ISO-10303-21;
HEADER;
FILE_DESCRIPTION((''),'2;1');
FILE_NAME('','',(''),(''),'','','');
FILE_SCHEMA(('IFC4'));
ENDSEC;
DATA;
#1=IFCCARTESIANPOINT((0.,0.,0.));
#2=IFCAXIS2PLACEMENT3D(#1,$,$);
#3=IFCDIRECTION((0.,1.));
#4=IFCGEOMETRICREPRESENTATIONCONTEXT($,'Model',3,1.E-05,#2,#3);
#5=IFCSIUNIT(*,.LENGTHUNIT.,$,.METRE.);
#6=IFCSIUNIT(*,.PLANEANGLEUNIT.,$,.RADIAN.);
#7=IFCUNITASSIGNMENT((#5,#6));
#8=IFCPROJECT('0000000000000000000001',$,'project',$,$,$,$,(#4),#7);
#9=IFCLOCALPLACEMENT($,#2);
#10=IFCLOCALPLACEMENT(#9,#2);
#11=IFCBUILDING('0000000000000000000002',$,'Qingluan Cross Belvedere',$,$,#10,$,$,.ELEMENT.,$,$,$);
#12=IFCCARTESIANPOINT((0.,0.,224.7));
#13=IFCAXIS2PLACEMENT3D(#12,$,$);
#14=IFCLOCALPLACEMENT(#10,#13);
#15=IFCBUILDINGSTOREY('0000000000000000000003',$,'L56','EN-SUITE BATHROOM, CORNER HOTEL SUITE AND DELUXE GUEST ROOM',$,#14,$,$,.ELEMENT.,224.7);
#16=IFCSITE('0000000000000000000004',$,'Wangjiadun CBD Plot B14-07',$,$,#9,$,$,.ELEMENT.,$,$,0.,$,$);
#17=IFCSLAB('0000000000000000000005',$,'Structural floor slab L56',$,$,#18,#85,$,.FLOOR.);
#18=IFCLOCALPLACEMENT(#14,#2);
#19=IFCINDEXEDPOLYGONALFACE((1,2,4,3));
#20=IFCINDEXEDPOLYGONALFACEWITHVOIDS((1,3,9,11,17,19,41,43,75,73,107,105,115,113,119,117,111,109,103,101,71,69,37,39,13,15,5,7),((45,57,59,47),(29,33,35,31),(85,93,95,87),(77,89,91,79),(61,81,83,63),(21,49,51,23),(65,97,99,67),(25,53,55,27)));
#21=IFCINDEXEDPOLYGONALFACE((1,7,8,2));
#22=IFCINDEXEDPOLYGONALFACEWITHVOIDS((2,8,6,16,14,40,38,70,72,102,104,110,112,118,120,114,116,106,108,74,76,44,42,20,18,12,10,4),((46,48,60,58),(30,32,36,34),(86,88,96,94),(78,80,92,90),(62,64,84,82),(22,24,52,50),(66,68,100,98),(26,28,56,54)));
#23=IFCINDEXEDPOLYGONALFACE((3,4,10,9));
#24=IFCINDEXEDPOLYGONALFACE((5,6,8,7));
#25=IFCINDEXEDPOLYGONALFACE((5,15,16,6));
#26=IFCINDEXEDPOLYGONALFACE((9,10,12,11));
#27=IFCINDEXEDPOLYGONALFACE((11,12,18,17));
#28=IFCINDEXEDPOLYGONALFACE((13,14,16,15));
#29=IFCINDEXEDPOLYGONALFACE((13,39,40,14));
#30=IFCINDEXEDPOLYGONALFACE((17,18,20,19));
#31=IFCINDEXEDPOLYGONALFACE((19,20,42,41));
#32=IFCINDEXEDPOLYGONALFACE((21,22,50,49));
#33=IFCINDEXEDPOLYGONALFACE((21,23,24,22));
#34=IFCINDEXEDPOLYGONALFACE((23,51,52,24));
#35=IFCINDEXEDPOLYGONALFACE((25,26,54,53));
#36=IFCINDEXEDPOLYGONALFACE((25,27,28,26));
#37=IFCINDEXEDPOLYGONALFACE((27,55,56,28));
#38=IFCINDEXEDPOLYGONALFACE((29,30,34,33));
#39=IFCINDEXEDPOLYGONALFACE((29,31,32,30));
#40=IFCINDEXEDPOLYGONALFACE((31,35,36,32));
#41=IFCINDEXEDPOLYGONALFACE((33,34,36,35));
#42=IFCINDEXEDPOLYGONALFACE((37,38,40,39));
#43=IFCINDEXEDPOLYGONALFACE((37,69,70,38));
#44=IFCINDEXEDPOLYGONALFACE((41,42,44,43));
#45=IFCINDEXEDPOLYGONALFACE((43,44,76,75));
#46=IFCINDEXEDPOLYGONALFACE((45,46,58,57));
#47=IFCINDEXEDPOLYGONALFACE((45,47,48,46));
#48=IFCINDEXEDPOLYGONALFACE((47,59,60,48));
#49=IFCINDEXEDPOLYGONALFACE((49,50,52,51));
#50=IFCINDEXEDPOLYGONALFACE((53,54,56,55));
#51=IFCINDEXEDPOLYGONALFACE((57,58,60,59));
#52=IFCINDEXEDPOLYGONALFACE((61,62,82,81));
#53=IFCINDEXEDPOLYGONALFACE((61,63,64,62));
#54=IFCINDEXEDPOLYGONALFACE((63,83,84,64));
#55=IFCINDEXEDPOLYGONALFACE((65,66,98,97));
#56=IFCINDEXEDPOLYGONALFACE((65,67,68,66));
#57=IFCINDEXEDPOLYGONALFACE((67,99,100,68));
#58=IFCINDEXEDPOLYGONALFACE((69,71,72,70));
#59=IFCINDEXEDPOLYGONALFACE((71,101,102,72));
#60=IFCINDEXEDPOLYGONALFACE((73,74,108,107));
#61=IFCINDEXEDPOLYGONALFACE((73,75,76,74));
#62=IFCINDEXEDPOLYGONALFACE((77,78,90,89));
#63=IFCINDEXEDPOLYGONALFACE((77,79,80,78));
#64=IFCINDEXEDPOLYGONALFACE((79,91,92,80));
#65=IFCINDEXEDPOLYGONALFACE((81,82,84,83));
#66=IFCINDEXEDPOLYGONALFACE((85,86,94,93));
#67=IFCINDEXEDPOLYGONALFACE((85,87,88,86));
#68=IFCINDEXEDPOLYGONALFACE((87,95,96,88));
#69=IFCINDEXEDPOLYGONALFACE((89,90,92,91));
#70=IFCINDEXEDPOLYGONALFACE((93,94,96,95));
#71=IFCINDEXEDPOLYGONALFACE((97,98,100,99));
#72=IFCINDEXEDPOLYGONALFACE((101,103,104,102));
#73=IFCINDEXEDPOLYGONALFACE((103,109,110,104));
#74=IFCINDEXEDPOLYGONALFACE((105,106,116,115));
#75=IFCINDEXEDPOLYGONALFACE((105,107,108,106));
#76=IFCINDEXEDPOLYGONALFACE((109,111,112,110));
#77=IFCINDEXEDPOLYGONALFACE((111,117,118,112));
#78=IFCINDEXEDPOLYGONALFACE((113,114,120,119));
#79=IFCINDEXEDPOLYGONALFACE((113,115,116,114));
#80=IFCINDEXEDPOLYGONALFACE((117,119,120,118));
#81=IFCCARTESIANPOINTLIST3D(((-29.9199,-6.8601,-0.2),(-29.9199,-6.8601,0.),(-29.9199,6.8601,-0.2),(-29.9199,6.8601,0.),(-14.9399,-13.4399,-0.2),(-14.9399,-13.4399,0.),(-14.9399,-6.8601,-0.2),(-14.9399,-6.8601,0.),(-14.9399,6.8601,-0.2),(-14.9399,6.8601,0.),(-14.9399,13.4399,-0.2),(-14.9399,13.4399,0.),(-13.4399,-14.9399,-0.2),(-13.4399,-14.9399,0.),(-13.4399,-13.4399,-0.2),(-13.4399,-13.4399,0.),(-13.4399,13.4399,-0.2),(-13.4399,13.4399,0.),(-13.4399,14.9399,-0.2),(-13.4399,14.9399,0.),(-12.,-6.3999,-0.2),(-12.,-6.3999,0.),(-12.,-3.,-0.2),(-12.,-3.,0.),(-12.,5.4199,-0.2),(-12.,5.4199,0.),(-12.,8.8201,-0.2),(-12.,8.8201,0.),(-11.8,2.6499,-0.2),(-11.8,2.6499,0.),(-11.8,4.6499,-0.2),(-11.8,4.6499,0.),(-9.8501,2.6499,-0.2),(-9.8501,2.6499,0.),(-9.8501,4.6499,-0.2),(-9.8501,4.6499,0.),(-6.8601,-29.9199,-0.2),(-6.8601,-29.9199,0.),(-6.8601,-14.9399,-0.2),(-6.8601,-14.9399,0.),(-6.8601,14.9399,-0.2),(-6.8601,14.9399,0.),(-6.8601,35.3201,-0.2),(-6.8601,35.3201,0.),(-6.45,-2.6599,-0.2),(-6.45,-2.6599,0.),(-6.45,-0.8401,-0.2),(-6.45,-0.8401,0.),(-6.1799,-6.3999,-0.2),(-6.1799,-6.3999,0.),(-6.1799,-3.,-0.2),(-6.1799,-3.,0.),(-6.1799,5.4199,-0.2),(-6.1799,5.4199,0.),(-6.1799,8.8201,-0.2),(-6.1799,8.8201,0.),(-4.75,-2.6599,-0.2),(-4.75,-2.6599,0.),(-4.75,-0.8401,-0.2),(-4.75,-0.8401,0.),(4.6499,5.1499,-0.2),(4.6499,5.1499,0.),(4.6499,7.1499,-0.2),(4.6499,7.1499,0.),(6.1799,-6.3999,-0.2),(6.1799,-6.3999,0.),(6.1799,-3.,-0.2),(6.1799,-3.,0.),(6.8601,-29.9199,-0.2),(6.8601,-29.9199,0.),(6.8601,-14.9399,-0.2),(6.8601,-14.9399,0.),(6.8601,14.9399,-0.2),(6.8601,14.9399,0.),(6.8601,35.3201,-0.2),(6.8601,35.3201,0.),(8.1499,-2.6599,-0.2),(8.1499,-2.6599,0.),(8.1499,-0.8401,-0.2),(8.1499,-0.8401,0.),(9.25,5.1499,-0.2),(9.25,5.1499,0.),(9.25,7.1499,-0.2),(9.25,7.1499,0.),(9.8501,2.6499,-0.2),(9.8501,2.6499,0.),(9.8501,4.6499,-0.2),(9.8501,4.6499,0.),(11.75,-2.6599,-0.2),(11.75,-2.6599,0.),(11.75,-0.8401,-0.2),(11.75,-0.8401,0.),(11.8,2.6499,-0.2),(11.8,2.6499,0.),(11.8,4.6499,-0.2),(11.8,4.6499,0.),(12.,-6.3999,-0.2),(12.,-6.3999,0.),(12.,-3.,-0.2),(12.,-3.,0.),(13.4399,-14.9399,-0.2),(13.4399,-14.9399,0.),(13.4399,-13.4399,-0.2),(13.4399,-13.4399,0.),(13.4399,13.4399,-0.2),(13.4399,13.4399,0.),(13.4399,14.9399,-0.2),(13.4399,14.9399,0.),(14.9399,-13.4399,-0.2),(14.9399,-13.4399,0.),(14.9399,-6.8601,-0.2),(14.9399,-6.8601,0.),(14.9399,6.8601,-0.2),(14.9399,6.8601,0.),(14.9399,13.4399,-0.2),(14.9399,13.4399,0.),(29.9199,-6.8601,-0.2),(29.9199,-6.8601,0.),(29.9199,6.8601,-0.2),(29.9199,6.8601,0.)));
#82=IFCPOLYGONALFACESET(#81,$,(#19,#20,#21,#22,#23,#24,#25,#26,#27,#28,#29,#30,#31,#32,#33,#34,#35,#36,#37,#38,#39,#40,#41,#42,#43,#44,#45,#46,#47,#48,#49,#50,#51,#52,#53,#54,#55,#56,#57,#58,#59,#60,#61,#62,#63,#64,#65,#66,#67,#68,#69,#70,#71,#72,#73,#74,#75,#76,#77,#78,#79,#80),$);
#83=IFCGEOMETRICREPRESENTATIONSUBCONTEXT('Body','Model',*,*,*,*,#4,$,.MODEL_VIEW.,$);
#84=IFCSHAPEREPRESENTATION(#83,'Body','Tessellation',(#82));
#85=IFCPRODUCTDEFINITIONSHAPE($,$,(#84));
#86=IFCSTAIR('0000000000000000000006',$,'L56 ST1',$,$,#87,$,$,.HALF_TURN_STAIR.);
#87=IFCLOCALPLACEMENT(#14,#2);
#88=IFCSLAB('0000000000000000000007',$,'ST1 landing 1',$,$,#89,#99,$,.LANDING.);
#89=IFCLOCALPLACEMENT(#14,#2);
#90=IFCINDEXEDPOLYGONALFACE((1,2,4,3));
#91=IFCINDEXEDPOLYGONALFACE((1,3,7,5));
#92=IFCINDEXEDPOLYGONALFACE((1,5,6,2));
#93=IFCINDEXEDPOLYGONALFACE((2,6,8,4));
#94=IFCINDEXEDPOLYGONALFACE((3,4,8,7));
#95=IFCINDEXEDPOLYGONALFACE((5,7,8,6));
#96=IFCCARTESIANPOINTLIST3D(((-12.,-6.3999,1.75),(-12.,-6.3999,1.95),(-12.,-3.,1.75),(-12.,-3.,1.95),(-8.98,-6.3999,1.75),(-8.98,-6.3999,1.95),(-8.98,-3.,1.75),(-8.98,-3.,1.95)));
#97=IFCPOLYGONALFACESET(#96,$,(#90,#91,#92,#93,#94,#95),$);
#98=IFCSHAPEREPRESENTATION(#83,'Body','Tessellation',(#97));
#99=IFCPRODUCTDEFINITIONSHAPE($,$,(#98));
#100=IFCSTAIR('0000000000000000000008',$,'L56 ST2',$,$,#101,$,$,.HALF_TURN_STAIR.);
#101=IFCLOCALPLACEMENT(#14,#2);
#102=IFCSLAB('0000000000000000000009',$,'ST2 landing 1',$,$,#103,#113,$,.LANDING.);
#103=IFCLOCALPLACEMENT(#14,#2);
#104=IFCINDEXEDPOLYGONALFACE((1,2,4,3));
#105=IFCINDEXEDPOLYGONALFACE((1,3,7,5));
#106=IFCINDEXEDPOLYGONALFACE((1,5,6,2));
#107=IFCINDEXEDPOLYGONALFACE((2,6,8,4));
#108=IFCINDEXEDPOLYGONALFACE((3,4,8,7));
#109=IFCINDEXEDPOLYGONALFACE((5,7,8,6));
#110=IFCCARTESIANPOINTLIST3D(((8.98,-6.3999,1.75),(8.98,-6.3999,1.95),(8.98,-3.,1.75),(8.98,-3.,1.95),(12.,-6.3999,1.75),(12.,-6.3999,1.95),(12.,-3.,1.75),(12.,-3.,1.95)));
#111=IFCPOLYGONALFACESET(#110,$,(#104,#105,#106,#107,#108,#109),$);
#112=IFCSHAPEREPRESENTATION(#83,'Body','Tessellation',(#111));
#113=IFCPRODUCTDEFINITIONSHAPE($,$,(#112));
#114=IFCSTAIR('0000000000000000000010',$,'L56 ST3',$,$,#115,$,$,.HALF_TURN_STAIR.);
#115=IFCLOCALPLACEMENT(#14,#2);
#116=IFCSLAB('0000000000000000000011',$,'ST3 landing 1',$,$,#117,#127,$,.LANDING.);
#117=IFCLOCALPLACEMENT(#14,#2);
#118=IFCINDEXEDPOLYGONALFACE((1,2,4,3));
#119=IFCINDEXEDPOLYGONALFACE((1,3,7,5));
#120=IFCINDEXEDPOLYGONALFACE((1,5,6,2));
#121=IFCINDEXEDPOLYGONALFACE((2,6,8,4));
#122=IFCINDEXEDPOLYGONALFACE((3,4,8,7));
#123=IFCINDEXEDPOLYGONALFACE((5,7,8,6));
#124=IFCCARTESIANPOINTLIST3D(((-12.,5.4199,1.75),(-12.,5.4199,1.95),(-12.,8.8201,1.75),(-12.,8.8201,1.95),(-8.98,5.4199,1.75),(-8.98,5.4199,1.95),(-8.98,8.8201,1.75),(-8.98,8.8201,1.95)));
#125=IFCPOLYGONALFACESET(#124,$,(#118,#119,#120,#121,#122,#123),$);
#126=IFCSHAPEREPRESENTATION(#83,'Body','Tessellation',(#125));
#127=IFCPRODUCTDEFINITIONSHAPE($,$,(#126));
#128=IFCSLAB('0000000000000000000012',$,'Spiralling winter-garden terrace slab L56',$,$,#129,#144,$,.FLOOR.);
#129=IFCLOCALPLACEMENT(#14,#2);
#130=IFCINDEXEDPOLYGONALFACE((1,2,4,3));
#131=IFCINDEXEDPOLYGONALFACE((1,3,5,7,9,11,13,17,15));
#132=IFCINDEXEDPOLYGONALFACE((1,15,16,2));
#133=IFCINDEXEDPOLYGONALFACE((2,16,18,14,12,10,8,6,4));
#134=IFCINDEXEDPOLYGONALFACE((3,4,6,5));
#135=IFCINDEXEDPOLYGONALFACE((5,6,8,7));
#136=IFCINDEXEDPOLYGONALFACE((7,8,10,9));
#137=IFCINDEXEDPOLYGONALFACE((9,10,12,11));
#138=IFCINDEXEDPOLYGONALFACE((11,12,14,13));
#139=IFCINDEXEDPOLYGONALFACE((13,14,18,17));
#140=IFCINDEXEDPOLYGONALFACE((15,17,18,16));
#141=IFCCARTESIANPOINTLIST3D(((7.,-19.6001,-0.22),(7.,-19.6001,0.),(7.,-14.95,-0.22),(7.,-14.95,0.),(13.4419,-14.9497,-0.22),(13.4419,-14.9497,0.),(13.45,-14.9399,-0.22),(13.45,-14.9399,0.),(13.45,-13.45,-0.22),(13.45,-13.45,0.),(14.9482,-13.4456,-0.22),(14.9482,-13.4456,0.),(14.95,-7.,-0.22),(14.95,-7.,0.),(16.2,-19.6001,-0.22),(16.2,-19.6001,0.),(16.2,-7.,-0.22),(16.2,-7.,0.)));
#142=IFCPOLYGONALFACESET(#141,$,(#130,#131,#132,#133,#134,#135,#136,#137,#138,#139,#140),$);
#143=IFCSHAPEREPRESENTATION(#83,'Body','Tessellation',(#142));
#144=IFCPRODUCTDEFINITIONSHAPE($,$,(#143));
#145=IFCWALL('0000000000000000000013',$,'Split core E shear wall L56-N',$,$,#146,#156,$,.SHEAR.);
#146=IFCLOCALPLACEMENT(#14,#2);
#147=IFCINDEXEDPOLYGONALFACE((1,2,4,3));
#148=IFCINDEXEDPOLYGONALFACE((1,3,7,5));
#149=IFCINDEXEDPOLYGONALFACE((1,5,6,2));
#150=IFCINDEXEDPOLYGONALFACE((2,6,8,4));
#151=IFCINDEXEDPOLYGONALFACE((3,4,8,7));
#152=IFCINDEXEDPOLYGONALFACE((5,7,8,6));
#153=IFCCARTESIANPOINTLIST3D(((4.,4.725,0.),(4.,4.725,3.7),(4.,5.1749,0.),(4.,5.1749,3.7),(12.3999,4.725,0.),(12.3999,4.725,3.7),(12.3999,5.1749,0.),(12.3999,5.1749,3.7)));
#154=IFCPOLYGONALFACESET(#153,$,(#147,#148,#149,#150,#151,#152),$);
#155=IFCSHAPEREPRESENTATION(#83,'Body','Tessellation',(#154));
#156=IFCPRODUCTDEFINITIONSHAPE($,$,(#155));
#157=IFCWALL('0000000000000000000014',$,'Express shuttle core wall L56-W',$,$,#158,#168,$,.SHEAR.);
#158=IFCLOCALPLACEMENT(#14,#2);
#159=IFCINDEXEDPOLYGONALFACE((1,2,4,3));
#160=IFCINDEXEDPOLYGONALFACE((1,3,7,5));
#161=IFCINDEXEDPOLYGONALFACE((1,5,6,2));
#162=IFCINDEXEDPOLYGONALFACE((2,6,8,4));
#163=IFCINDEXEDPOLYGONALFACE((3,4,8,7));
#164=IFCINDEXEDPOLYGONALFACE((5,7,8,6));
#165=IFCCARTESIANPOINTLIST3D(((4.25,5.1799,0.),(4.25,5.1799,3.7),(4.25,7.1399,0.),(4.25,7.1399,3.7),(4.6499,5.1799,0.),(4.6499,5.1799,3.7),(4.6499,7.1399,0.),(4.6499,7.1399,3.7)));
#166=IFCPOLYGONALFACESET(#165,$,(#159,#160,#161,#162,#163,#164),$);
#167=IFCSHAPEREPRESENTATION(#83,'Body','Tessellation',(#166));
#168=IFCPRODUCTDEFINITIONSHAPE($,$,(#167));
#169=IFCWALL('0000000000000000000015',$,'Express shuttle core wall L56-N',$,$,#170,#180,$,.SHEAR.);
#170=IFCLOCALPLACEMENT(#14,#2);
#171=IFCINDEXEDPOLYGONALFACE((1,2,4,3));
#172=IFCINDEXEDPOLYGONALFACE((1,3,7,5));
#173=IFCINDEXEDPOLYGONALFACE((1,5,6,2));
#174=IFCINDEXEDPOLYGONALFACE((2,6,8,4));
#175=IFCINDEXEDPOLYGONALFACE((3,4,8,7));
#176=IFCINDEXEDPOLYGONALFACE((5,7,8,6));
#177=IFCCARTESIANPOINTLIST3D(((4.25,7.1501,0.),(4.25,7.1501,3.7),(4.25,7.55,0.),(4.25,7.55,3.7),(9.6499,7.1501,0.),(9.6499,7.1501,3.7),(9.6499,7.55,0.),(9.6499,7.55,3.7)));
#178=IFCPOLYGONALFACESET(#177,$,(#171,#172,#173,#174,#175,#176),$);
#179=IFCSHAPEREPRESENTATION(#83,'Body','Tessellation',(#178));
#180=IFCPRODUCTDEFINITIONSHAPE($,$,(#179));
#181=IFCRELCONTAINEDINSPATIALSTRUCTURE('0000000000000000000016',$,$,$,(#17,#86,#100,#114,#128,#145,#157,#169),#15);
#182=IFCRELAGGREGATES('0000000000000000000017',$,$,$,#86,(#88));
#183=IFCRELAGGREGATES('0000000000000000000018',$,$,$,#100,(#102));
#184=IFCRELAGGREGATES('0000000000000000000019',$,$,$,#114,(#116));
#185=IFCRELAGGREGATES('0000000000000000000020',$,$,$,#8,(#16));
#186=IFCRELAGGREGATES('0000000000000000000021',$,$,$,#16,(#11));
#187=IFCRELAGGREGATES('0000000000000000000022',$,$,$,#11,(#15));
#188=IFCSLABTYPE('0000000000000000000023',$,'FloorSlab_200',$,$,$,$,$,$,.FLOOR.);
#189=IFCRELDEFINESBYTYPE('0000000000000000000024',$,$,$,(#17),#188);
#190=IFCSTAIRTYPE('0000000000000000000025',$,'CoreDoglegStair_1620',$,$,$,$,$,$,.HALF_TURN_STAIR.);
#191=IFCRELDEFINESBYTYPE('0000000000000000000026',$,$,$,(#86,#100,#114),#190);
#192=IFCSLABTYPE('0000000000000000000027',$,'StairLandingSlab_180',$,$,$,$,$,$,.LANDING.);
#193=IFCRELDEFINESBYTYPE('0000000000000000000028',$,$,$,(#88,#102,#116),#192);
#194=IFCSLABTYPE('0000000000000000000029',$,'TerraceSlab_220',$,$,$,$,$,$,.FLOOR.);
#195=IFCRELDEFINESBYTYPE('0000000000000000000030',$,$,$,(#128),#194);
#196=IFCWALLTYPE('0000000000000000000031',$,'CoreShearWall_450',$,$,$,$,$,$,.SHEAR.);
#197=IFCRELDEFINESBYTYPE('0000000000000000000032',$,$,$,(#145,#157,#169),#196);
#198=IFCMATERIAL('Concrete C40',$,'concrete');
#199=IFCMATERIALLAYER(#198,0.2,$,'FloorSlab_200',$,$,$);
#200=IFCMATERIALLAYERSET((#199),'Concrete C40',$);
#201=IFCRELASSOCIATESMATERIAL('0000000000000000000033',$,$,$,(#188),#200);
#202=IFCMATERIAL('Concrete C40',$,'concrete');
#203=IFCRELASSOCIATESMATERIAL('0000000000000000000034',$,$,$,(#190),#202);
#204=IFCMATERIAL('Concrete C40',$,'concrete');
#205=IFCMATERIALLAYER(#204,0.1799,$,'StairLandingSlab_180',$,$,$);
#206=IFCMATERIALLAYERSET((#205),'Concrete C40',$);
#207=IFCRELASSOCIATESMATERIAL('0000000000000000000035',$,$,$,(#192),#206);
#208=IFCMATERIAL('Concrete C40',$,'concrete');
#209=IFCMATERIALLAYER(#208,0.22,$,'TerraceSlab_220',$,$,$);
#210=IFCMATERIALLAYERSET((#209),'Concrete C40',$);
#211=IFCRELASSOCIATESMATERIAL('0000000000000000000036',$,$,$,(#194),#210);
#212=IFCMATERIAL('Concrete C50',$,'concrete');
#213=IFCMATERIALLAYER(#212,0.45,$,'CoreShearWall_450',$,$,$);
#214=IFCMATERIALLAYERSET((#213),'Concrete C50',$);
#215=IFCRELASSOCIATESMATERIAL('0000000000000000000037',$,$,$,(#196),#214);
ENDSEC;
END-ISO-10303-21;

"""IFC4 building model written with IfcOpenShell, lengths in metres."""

from ifc_helpers import new_model, si_unit, direction, frame, frame_2d, origin, place, context, subcontext, project, spatial, polyline, rectangle, outline, extrude, material, layer, layer_set, type_object, element, aggregate, save


model = new_model("IFC4")

# Units and contexts
model_context = context("Model", 3, precision=1e-05, world=origin(), true_north=direction((0.0, 1.0)))
body_context = subcontext(model_context, "Body", "Model", "MODEL_VIEW")
ifc_project = project(units=[si_unit("LENGTHUNIT", "METRE"), si_unit("PLANEANGLEUNIT", "RADIAN")], contexts=[model_context])

# Site, building, storey
site_placement = place(None, origin())
site = spatial("IfcSite", under=ifc_project, at=site_placement, Name="Wangjiadun CBD Plot B14-07", CompositionType="ELEMENT", RefElevation=0.0)
building_placement = place(site_placement, origin())
building = spatial("IfcBuilding", under=site, at=building_placement, Name="Qingluan Cross Belvedere", CompositionType="ELEMENT")
storey_placement = place(building_placement, frame((0.0, 0.0, 224.7)))
storey = spatial("IfcBuildingStorey", under=building, at=storey_placement, Name="L56", Description="EN-SUITE BATHROOM, CORNER HOTEL SUITE AND DELUXE GUEST ROOM", CompositionType="ELEMENT", Elevation=224.7)

# Slab
ifc_material_1 = material(Name="Concrete C40", Category="concrete")
ifc_layer_1 = layer(ifc_material_1, 0.2, Name="FloorSlab_200")
ifc_layer_set_1 = layer_set([ifc_layer_1], Name="Concrete C40")
slab_type_1 = type_object("IfcSlabType", Name="FloorSlab_200", PredefinedType="FLOOR", material=ifc_layer_set_1)
slab_1_placement = place(storey_placement, frame((0.0, 0.0, -0.2)))
element("IfcSlab", 1, at=slab_1_placement, inside=storey, type_object=slab_type_1, Name="Structural floor slab L56", PredefinedType="FLOOR", context=body_context, shape_type="SweptSolid", body=[
    extrude(outline(polyline([(6.8601, -29.9199), (6.8601, -14.9399), (13.4399, -14.9399), (13.4399, -13.4399), (14.9399, -13.4399), (14.9399, -6.8601), (29.9199, -6.8601), (29.9199, 6.8601), (14.9399, 6.8601), (14.9399, 13.4399), (13.4399, 13.4399), (13.4399, 14.9399), (6.8601, 14.9399), (6.8601, 35.3201), (-6.8601, 35.3201), (-6.8601, 14.9399), (-13.4399, 14.9399), (-13.4399, 13.4399), (-14.9399, 13.4399), (-14.9399, 6.8601), (-29.9199, 6.8601), (-29.9199, -6.8601), (-14.9399, -6.8601), (-14.9399, -13.4399), (-13.4399, -13.4399), (-13.4399, -14.9399), (-6.8601, -14.9399), (-6.8601, -29.9199), (6.8601, -29.9199)]), holes=[polyline([(-12.0, -3.0), (-6.1799, -3.0), (-6.1799, -6.3999), (-12.0, -6.3999), (-12.0, -3.0)]), polyline([(6.1799, -3.0), (12.0, -3.0), (12.0, -6.3999), (6.1799, -6.3999), (6.1799, -3.0)]), polyline([(-12.0, 8.8201), (-6.1799, 8.8201), (-6.1799, 5.4199), (-12.0, 5.4199), (-12.0, 8.8201)]), polyline([(-11.8, 4.6499), (-9.8501, 4.6499), (-9.8501, 2.6499), (-11.8, 2.6499), (-11.8, 4.6499)]), polyline([(9.8501, 4.6499), (11.8, 4.6499), (11.8, 2.6499), (9.8501, 2.6499), (9.8501, 4.6499)]), polyline([(-6.45, -0.8401), (-4.75, -0.8401), (-4.75, -2.6599), (-6.45, -2.6599), (-6.45, -0.8401)]), polyline([(8.1499, -0.8401), (11.75, -0.8401), (11.75, -2.6599), (8.1499, -2.6599), (8.1499, -0.8401)]), polyline([(4.6499, 7.1499), (9.25, 7.1499), (9.25, 5.1499), (4.6499, 5.1499), (4.6499, 7.1499)])]), origin(), (0.0, 0.0, 1.0), 0.2),
])

# Stairs, slabs
ifc_material_2 = material(Name="Concrete C40", Category="concrete")
stair_type = type_object("IfcStairType", Name="CoreDoglegStair_1620", PredefinedType="HALF_TURN_STAIR", material=ifc_material_2)
stair_1_placement = place(storey_placement, origin())
stair_1 = element("IfcStair", 2, at=stair_1_placement, inside=storey, type_object=stair_type, Name="L56 ST1", PredefinedType="HALF_TURN_STAIR")
ifc_material_3 = material(Name="Concrete C40", Category="concrete")
ifc_layer_2 = layer(ifc_material_3, 0.1799, Name="StairLandingSlab_180")
ifc_layer_set_2 = layer_set([ifc_layer_2], Name="Concrete C40")
slab_type_2 = type_object("IfcSlabType", Name="StairLandingSlab_180", PredefinedType="LANDING", material=ifc_layer_set_2)
slab_2_placement = place(storey_placement, frame((0.0, 0.0, 1.75)))
slab_2 = element("IfcSlab", 3, at=slab_2_placement, type_object=slab_type_2, Name="ST1 landing 1", PredefinedType="LANDING", context=body_context, shape_type="SweptSolid", body=[
    extrude(outline(polyline([(-8.98, -3.0), (-12.0, -3.0), (-12.0, -6.3999), (-8.98, -6.3999), (-8.98, -3.0)])), origin(), (0.0, 0.0, 1.0), 0.2),
])
aggregate(stair_1, [slab_2])
stair_2_placement = place(storey_placement, origin())
stair_2 = element("IfcStair", 4, at=stair_2_placement, inside=storey, type_object=stair_type, Name="L56 ST2", PredefinedType="HALF_TURN_STAIR")
slab_3_placement = place(storey_placement, frame((0.0, 0.0, 1.75)))
slab_3 = element("IfcSlab", 5, at=slab_3_placement, type_object=slab_type_2, Name="ST2 landing 1", PredefinedType="LANDING", context=body_context, shape_type="SweptSolid", body=[
    extrude(outline(polyline([(8.98, -6.3999), (12.0, -6.3999), (12.0, -3.0), (8.98, -3.0), (8.98, -6.3999)])), origin(), (0.0, 0.0, 1.0), 0.2),
])
aggregate(stair_2, [slab_3])
stair_3_placement = place(storey_placement, origin())
stair_3 = element("IfcStair", 6, at=stair_3_placement, inside=storey, type_object=stair_type, Name="L56 ST3", PredefinedType="HALF_TURN_STAIR")
slab_4_placement = place(storey_placement, frame((0.0, 0.0, 1.75)))
slab_4 = element("IfcSlab", 7, at=slab_4_placement, type_object=slab_type_2, Name="ST3 landing 1", PredefinedType="LANDING", context=body_context, shape_type="SweptSolid", body=[
    extrude(outline(polyline([(-8.98, 8.8201), (-12.0, 8.8201), (-12.0, 5.4199), (-8.98, 5.4199), (-8.98, 8.8201)])), origin(), (0.0, 0.0, 1.0), 0.2),
])
aggregate(stair_3, [slab_4])

# Slab
ifc_material_4 = material(Name="Concrete C40", Category="concrete")
ifc_layer_3 = layer(ifc_material_4, 0.22, Name="TerraceSlab_220")
ifc_layer_set_3 = layer_set([ifc_layer_3], Name="Concrete C40")
slab_type_3 = type_object("IfcSlabType", Name="TerraceSlab_220", PredefinedType="FLOOR", material=ifc_layer_set_3)
slab_5_placement = place(storey_placement, frame((0.0, 0.0, -0.22)))
element("IfcSlab", 8, at=slab_5_placement, inside=storey, type_object=slab_type_3, Name="Spiralling winter-garden terrace slab L56", PredefinedType="FLOOR", context=body_context, shape_type="SweptSolid", body=[
    extrude(outline(polyline([(14.95, -7.0), (14.9482, -13.4456), (13.45, -13.45), (13.45, -14.9399), (13.4419, -14.9497), (7.0, -14.95), (7.0, -19.6001), (16.2, -19.6001), (16.2, -7.0), (14.95, -7.0)])), origin(), (0.0, 0.0, 1.0), 0.22),
])

# Walls
ifc_material_5 = material(Name="Concrete C50", Category="concrete")
ifc_layer_4 = layer(ifc_material_5, 0.45, Name="CoreShearWall_450")
ifc_layer_set_4 = layer_set([ifc_layer_4], Name="Concrete C50")
wall_type_1 = type_object("IfcWallType", Name="CoreShearWall_450", PredefinedType="SHEAR", material=ifc_layer_set_4)
wall_1_placement = place(storey_placement, frame((4.0, 4.95, 0.0), z_axis=(0.0, 0.0, 1.0), x_axis=(1.0, 0.0, 0.0)))
element("IfcWall", 9, at=wall_1_placement, inside=storey, type_object=wall_type_1, Name="Split core E shear wall L56-N", PredefinedType="SHEAR", context=body_context, shape_type="SweptSolid", body=[
    extrude(rectangle(XDim=8.3999, YDim=0.45, at=frame_2d((4.2, 0.0))), origin(), (0.0, 0.0, 1.0), 3.7),
])
wall_2_placement = place(storey_placement, frame((4.45, 5.1799, 0.0), z_axis=(0.0, 0.0, 1.0), x_axis=(0.0, 1.0, 0.0)))
element("IfcWall", 10, at=wall_2_placement, inside=storey, type_object=wall_type_1, Name="Express shuttle core wall L56-W", PredefinedType="SHEAR", context=body_context, shape_type="SweptSolid", body=[
    extrude(rectangle(XDim=1.96, YDim=0.3999, at=frame_2d((0.98, 0.0))), origin(), (0.0, 0.0, 1.0), 3.7),
])
wall_3_placement = place(storey_placement, frame((4.25, 7.3501, 0.0), z_axis=(0.0, 0.0, 1.0), x_axis=(1.0, 0.0, 0.0)))
element("IfcWall", 11, at=wall_3_placement, inside=storey, type_object=wall_type_1, Name="Express shuttle core wall L56-N", PredefinedType="SHEAR", context=body_context, shape_type="SweptSolid", body=[
    extrude(rectangle(XDim=5.3999, YDim=0.3999, at=frame_2d((2.7, 0.0))), origin(), (0.0, 0.0, 1.0), 3.7),
])

save(model, "model.ifc")
